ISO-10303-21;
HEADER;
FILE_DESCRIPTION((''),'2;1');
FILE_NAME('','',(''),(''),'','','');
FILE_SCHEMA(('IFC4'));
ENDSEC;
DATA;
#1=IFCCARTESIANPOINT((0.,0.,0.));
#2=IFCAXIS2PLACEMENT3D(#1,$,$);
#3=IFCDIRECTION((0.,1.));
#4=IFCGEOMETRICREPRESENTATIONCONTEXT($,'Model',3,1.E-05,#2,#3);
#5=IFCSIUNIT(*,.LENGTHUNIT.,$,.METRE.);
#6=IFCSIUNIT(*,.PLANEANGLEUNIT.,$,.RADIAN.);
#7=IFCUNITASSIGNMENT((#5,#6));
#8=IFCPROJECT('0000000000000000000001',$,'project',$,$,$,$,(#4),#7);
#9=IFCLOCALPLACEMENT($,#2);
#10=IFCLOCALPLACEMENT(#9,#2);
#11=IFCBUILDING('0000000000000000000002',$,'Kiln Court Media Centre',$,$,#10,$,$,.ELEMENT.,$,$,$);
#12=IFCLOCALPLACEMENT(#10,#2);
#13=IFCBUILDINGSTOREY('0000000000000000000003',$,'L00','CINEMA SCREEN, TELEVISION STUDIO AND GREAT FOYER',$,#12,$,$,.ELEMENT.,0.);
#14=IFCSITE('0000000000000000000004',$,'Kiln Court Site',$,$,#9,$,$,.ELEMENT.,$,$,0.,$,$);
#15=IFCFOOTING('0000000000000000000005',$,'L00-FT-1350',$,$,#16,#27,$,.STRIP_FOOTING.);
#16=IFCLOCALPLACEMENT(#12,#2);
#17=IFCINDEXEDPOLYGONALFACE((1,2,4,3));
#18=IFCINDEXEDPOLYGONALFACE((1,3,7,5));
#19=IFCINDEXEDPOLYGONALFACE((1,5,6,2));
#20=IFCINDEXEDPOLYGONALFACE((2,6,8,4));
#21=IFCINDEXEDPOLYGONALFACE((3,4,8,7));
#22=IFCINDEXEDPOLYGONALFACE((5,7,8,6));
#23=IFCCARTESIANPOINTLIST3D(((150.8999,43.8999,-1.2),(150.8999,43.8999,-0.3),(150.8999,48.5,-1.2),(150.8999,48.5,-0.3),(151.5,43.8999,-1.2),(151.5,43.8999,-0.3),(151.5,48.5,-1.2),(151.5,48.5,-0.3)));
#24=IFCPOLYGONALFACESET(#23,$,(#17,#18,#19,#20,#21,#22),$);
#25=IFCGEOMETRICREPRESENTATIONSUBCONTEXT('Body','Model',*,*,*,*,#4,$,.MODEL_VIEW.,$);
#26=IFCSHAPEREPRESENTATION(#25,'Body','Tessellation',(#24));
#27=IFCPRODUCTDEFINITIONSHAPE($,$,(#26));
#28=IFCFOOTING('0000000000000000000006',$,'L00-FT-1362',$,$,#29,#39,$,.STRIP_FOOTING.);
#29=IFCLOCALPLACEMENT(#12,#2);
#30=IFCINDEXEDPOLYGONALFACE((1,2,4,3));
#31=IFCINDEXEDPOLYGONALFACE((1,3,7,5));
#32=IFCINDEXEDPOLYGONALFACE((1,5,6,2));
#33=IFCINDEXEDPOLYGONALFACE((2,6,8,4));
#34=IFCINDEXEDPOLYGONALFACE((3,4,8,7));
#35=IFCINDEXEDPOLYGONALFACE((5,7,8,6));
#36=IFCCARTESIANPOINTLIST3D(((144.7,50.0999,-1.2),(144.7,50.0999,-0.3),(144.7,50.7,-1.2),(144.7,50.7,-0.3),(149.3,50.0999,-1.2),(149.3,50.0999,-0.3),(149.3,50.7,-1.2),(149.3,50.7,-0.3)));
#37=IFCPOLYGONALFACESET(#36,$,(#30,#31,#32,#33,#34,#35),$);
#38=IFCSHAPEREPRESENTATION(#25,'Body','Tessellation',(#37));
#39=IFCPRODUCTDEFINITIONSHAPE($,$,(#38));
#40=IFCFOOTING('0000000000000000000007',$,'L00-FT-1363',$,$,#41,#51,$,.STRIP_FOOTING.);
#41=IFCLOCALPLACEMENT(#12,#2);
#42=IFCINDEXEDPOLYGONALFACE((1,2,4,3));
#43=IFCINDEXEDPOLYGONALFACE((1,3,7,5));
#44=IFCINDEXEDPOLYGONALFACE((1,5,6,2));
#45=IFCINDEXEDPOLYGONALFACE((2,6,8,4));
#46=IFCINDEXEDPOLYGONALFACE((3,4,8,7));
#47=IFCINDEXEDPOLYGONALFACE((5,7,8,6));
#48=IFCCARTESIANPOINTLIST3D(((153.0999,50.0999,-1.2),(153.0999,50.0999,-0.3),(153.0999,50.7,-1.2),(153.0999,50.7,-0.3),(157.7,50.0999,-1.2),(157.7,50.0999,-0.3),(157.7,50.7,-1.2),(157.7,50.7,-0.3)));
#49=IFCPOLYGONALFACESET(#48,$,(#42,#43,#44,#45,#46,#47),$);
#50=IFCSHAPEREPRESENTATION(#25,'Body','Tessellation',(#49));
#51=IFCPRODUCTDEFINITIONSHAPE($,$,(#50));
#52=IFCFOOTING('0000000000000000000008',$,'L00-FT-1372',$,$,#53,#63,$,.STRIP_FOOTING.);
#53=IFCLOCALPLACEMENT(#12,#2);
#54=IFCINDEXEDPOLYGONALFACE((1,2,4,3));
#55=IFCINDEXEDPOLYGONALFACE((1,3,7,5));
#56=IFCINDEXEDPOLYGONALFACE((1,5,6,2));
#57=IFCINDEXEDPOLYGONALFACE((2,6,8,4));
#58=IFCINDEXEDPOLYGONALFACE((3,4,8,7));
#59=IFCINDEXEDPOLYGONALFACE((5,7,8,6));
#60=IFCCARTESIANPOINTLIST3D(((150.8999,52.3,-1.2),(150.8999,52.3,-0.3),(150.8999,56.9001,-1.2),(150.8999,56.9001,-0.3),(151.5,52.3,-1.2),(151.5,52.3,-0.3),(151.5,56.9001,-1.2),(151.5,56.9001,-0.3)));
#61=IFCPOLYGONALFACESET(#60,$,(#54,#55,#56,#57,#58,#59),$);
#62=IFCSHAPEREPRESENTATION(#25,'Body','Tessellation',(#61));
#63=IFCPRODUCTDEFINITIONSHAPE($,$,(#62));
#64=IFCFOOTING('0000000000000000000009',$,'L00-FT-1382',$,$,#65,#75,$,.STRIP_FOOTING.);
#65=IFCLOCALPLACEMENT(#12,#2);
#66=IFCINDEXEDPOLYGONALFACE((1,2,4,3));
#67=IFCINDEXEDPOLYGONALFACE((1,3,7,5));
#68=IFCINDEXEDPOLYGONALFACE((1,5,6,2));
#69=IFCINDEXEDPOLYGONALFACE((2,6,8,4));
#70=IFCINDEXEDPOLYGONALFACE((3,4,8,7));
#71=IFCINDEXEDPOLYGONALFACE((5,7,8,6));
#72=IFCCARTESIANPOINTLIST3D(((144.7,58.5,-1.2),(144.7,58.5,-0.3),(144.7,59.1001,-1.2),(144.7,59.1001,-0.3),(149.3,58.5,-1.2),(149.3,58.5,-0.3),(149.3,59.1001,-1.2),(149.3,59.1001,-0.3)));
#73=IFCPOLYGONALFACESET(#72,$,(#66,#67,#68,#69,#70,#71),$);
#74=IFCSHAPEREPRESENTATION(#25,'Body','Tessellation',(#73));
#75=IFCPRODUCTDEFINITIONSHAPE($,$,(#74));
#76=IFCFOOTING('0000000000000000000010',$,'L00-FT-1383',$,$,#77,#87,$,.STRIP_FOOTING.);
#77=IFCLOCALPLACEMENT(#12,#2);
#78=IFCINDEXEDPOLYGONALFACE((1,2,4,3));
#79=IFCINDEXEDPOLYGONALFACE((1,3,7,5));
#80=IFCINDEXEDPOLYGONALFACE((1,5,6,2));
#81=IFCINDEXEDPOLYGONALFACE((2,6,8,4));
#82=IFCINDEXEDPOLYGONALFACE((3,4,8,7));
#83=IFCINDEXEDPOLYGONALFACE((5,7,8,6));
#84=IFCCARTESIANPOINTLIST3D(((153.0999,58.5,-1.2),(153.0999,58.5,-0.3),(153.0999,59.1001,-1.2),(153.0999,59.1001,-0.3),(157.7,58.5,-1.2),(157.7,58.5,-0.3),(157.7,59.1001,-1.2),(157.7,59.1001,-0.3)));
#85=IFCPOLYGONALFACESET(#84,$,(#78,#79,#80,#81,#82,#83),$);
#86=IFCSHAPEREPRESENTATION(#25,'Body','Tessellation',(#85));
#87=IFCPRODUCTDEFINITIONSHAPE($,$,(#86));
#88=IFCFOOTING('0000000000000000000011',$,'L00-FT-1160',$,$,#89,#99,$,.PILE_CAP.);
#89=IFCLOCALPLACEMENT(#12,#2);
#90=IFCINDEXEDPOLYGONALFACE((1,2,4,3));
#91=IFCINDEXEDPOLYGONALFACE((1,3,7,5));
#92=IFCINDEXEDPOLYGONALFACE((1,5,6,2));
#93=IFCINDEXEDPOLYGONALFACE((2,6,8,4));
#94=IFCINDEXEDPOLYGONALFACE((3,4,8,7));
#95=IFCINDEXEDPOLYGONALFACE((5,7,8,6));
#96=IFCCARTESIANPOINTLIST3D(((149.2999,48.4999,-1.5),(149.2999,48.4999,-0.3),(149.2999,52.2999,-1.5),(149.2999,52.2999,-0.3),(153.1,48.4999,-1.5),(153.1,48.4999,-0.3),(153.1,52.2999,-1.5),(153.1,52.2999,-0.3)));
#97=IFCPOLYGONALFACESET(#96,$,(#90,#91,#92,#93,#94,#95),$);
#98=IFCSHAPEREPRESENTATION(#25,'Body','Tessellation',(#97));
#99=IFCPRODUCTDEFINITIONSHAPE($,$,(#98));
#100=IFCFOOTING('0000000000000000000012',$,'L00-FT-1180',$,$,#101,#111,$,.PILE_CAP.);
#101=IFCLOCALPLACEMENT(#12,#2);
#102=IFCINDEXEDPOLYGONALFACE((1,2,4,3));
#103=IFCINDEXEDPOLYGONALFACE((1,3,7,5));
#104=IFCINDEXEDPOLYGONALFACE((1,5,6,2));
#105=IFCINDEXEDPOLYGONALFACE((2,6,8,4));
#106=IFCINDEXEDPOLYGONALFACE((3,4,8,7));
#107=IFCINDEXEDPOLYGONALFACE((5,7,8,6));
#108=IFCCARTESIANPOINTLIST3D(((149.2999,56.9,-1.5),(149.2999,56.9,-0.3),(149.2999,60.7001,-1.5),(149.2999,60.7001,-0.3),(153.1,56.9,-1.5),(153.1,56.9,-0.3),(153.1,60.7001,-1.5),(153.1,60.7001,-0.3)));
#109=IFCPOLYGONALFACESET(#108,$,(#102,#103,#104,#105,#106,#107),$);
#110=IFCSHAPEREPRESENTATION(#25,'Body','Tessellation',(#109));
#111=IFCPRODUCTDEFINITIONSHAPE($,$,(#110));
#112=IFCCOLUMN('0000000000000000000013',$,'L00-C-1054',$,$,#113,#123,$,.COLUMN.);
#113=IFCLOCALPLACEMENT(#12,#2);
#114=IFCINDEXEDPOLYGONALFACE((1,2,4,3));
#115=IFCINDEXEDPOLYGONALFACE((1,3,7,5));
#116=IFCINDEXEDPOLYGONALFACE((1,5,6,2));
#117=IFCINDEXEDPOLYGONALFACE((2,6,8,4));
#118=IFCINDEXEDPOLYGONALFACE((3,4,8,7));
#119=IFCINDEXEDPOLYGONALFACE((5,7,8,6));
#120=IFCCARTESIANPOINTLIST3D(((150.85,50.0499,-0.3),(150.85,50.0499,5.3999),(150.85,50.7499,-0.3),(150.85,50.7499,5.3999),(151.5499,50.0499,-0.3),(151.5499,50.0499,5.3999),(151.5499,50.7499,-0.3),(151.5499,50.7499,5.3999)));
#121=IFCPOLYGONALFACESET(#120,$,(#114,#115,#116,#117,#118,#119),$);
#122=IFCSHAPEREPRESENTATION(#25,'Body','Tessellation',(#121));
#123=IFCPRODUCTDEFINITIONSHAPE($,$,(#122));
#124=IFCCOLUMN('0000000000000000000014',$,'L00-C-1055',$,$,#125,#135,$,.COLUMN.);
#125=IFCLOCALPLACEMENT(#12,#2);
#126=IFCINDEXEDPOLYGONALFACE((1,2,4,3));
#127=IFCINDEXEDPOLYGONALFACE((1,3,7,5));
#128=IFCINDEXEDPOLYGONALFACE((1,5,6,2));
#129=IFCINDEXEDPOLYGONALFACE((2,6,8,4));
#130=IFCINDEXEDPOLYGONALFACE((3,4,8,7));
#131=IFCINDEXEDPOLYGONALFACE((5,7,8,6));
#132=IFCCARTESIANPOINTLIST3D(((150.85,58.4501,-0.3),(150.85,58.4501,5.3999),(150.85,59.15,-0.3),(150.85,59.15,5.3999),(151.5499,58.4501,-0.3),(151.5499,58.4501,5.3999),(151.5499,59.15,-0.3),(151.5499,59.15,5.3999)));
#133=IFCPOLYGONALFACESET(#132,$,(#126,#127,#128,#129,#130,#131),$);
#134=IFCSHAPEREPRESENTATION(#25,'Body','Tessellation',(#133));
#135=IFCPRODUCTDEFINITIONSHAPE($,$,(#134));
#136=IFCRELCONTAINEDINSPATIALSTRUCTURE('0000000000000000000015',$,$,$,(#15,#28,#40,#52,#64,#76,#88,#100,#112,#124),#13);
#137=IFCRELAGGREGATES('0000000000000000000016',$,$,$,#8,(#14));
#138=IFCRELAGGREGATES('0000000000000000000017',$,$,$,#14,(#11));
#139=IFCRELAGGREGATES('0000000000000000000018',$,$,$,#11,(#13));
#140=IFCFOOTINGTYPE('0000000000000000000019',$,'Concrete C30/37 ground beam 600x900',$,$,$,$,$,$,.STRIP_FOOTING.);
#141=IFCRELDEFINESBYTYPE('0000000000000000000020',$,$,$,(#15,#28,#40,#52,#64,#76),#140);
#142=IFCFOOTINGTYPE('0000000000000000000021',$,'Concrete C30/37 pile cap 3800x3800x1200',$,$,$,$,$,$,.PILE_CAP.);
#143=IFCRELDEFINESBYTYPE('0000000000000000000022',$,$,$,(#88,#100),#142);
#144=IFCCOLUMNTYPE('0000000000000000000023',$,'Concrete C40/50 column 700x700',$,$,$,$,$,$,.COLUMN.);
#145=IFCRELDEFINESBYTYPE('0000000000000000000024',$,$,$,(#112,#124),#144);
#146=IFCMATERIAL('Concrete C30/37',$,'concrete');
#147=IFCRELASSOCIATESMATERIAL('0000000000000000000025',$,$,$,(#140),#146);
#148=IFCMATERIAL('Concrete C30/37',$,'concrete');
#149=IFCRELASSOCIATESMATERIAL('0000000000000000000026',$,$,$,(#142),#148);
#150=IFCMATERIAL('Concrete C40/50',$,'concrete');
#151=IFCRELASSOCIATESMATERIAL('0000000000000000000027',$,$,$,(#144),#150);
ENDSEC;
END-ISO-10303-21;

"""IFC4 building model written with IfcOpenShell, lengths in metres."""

from ifc_helpers import new_model, si_unit, direction, frame, origin, origin_2d, place, context, subcontext, project, spatial, rectangle, extrude, material, material_profile, profile_set, type_object, element, save


model = new_model("IFC4")

# Units and contexts
model_context = context("Model", 3, precision=1e-05, world=origin(), true_north=direction((0.0, 1.0)))
body_context = subcontext(model_context, "Body", "Model", "MODEL_VIEW")
ifc_project = project(units=[si_unit("LENGTHUNIT", "METRE"), si_unit("PLANEANGLEUNIT", "RADIAN")], contexts=[model_context])

# Site, building, storey
site_placement = place(None, origin())
site = spatial("IfcSite", under=ifc_project, at=site_placement, Name="Kiln Court Site", CompositionType="ELEMENT", RefElevation=0.0)
building_placement = place(site_placement, origin())
building = spatial("IfcBuilding", under=site, at=building_placement, Name="Kiln Court Media Centre", CompositionType="ELEMENT")
storey_placement = place(building_placement, origin())
storey = spatial("IfcBuildingStorey", under=building, at=storey_placement, Name="L00", Description="CINEMA SCREEN, TELEVISION STUDIO AND GREAT FOYER", CompositionType="ELEMENT", Elevation=0.0)

# Footings
ifc_material_1 = material(Name="Concrete C30/37", Category="concrete")
footing_type_1 = type_object("IfcFootingType", Name="Concrete C30/37 ground beam 600x900", PredefinedType="STRIP_FOOTING", material=ifc_material_1)
footing_1_placement = place(storey_placement, frame((151.2, 46.2, -1.2), z_axis=(0.0, 0.0, 1.0), x_axis=(1.0, 0.0, 0.0)))
element("IfcFooting", 1, at=footing_1_placement, inside=storey, type_object=footing_type_1, Name="L00-FT-1350", PredefinedType="STRIP_FOOTING", context=body_context, shape_type="SweptSolid", body=[
    extrude(rectangle(XDim=0.6001, YDim=4.6001, at=origin_2d()), origin(), (0.0, 0.0, 1.0), 0.8999),
])
for number, where, z_axis, x_axis, name in (
    (2, (147.0, 50.3999, -1.2), (0.0, 0.0, 1.0), (1.0, 0.0, 0.0), "L00-FT-1362"),
    (3, (155.3999, 50.3999, -1.2), (0.0, 0.0, 1.0), (1.0, 0.0, 0.0), "L00-FT-1363"),
):
    element("IfcFooting", number, at=place(storey_placement, frame(where, z_axis=z_axis, x_axis=x_axis)), inside=storey, type_object=footing_type_1, Name=name, PredefinedType="STRIP_FOOTING", context=body_context, shape_type="SweptSolid", body=[
        extrude(rectangle(XDim=4.6001, YDim=0.6001, at=origin_2d()), origin(), (0.0, 0.0, 1.0), 0.8999),
    ])
footing_2_placement = place(storey_placement, frame((151.2, 54.6001, -1.2), z_axis=(0.0, 0.0, 1.0), x_axis=(1.0, 0.0, 0.0)))
element("IfcFooting", 4, at=footing_2_placement, inside=storey, type_object=footing_type_1, Name="L00-FT-1372", PredefinedType="STRIP_FOOTING", context=body_context, shape_type="SweptSolid", body=[
    extrude(rectangle(XDim=0.6001, YDim=4.6001, at=origin_2d()), origin(), (0.0, 0.0, 1.0), 0.8999),
])
for number, where, z_axis, x_axis, name in (
    (5, (147.0, 58.8, -1.2), (0.0, 0.0, 1.0), (1.0, 0.0, 0.0), "L00-FT-1382"),
    (6, (155.3999, 58.8, -1.2), (0.0, 0.0, 1.0), (1.0, 0.0, 0.0), "L00-FT-1383"),
):
    element("IfcFooting", number, at=place(storey_placement, frame(where, z_axis=z_axis, x_axis=x_axis)), inside=storey, type_object=footing_type_1, Name=name, PredefinedType="STRIP_FOOTING", context=body_context, shape_type="SweptSolid", body=[
        extrude(rectangle(XDim=4.6001, YDim=0.6001, at=origin_2d()), origin(), (0.0, 0.0, 1.0), 0.8999),
    ])
ifc_material_2 = material(Name="Concrete C30/37", Category="concrete")
footing_type_2 = type_object("IfcFootingType", Name="Concrete C30/37 pile cap 3800x3800x1200", PredefinedType="PILE_CAP", material=ifc_material_2)
for number, where, z_axis, x_axis, name in (
    (7, (151.2, 50.3999, -1.5), (0.0, 0.0, 1.0), (1.0, 0.0, 0.0), "L00-FT-1160"),
    (8, (151.2, 58.8, -1.5), (0.0, 0.0, 1.0), (1.0, 0.0, 0.0), "L00-FT-1180"),
):
    element("IfcFooting", number, at=place(storey_placement, frame(where, z_axis=z_axis, x_axis=x_axis)), inside=storey, type_object=footing_type_2, Name=name, PredefinedType="PILE_CAP", context=body_context, shape_type="SweptSolid", body=[
        extrude(rectangle(XDim=3.8, YDim=3.8, at=origin_2d()), origin(), (0.0, 0.0, 1.0), 1.2),
    ])

# Columns
ifc_material_3 = material(Name="Concrete C40/50", Category="concrete")
ifc_material_profile_1 = material_profile(ifc_material_3, rectangle(XDim=0.7, YDim=0.7, at=origin_2d()), Name="RC 700x700")
ifc_profile_set_1 = profile_set([ifc_material_profile_1], Name="Concrete C40/50")
column_type = type_object("IfcColumnType", Name="Concrete C40/50 column 700x700", PredefinedType="COLUMN", material=ifc_profile_set_1)
for number, where, z_axis, x_axis, name in (
    (9, (151.2, 50.3999, -0.3), (0.0, 0.0, 1.0), (1.0, 0.0, 0.0), "L00-C-1054"),
    (10, (151.2, 58.8, -0.3), (0.0, 0.0, 1.0), (1.0, 0.0, 0.0), "L00-C-1055"),
):
    element("IfcColumn", number, at=place(storey_placement, frame(where, z_axis=z_axis, x_axis=x_axis)), inside=storey, type_object=column_type, Name=name, PredefinedType="COLUMN", context=body_context, shape_type="SweptSolid", body=[
        extrude(rectangle(XDim=0.7, YDim=0.7, at=origin_2d()), origin(), (0.0, 0.0, 1.0), 5.7),
    ])

save(model, "model.ifc")
